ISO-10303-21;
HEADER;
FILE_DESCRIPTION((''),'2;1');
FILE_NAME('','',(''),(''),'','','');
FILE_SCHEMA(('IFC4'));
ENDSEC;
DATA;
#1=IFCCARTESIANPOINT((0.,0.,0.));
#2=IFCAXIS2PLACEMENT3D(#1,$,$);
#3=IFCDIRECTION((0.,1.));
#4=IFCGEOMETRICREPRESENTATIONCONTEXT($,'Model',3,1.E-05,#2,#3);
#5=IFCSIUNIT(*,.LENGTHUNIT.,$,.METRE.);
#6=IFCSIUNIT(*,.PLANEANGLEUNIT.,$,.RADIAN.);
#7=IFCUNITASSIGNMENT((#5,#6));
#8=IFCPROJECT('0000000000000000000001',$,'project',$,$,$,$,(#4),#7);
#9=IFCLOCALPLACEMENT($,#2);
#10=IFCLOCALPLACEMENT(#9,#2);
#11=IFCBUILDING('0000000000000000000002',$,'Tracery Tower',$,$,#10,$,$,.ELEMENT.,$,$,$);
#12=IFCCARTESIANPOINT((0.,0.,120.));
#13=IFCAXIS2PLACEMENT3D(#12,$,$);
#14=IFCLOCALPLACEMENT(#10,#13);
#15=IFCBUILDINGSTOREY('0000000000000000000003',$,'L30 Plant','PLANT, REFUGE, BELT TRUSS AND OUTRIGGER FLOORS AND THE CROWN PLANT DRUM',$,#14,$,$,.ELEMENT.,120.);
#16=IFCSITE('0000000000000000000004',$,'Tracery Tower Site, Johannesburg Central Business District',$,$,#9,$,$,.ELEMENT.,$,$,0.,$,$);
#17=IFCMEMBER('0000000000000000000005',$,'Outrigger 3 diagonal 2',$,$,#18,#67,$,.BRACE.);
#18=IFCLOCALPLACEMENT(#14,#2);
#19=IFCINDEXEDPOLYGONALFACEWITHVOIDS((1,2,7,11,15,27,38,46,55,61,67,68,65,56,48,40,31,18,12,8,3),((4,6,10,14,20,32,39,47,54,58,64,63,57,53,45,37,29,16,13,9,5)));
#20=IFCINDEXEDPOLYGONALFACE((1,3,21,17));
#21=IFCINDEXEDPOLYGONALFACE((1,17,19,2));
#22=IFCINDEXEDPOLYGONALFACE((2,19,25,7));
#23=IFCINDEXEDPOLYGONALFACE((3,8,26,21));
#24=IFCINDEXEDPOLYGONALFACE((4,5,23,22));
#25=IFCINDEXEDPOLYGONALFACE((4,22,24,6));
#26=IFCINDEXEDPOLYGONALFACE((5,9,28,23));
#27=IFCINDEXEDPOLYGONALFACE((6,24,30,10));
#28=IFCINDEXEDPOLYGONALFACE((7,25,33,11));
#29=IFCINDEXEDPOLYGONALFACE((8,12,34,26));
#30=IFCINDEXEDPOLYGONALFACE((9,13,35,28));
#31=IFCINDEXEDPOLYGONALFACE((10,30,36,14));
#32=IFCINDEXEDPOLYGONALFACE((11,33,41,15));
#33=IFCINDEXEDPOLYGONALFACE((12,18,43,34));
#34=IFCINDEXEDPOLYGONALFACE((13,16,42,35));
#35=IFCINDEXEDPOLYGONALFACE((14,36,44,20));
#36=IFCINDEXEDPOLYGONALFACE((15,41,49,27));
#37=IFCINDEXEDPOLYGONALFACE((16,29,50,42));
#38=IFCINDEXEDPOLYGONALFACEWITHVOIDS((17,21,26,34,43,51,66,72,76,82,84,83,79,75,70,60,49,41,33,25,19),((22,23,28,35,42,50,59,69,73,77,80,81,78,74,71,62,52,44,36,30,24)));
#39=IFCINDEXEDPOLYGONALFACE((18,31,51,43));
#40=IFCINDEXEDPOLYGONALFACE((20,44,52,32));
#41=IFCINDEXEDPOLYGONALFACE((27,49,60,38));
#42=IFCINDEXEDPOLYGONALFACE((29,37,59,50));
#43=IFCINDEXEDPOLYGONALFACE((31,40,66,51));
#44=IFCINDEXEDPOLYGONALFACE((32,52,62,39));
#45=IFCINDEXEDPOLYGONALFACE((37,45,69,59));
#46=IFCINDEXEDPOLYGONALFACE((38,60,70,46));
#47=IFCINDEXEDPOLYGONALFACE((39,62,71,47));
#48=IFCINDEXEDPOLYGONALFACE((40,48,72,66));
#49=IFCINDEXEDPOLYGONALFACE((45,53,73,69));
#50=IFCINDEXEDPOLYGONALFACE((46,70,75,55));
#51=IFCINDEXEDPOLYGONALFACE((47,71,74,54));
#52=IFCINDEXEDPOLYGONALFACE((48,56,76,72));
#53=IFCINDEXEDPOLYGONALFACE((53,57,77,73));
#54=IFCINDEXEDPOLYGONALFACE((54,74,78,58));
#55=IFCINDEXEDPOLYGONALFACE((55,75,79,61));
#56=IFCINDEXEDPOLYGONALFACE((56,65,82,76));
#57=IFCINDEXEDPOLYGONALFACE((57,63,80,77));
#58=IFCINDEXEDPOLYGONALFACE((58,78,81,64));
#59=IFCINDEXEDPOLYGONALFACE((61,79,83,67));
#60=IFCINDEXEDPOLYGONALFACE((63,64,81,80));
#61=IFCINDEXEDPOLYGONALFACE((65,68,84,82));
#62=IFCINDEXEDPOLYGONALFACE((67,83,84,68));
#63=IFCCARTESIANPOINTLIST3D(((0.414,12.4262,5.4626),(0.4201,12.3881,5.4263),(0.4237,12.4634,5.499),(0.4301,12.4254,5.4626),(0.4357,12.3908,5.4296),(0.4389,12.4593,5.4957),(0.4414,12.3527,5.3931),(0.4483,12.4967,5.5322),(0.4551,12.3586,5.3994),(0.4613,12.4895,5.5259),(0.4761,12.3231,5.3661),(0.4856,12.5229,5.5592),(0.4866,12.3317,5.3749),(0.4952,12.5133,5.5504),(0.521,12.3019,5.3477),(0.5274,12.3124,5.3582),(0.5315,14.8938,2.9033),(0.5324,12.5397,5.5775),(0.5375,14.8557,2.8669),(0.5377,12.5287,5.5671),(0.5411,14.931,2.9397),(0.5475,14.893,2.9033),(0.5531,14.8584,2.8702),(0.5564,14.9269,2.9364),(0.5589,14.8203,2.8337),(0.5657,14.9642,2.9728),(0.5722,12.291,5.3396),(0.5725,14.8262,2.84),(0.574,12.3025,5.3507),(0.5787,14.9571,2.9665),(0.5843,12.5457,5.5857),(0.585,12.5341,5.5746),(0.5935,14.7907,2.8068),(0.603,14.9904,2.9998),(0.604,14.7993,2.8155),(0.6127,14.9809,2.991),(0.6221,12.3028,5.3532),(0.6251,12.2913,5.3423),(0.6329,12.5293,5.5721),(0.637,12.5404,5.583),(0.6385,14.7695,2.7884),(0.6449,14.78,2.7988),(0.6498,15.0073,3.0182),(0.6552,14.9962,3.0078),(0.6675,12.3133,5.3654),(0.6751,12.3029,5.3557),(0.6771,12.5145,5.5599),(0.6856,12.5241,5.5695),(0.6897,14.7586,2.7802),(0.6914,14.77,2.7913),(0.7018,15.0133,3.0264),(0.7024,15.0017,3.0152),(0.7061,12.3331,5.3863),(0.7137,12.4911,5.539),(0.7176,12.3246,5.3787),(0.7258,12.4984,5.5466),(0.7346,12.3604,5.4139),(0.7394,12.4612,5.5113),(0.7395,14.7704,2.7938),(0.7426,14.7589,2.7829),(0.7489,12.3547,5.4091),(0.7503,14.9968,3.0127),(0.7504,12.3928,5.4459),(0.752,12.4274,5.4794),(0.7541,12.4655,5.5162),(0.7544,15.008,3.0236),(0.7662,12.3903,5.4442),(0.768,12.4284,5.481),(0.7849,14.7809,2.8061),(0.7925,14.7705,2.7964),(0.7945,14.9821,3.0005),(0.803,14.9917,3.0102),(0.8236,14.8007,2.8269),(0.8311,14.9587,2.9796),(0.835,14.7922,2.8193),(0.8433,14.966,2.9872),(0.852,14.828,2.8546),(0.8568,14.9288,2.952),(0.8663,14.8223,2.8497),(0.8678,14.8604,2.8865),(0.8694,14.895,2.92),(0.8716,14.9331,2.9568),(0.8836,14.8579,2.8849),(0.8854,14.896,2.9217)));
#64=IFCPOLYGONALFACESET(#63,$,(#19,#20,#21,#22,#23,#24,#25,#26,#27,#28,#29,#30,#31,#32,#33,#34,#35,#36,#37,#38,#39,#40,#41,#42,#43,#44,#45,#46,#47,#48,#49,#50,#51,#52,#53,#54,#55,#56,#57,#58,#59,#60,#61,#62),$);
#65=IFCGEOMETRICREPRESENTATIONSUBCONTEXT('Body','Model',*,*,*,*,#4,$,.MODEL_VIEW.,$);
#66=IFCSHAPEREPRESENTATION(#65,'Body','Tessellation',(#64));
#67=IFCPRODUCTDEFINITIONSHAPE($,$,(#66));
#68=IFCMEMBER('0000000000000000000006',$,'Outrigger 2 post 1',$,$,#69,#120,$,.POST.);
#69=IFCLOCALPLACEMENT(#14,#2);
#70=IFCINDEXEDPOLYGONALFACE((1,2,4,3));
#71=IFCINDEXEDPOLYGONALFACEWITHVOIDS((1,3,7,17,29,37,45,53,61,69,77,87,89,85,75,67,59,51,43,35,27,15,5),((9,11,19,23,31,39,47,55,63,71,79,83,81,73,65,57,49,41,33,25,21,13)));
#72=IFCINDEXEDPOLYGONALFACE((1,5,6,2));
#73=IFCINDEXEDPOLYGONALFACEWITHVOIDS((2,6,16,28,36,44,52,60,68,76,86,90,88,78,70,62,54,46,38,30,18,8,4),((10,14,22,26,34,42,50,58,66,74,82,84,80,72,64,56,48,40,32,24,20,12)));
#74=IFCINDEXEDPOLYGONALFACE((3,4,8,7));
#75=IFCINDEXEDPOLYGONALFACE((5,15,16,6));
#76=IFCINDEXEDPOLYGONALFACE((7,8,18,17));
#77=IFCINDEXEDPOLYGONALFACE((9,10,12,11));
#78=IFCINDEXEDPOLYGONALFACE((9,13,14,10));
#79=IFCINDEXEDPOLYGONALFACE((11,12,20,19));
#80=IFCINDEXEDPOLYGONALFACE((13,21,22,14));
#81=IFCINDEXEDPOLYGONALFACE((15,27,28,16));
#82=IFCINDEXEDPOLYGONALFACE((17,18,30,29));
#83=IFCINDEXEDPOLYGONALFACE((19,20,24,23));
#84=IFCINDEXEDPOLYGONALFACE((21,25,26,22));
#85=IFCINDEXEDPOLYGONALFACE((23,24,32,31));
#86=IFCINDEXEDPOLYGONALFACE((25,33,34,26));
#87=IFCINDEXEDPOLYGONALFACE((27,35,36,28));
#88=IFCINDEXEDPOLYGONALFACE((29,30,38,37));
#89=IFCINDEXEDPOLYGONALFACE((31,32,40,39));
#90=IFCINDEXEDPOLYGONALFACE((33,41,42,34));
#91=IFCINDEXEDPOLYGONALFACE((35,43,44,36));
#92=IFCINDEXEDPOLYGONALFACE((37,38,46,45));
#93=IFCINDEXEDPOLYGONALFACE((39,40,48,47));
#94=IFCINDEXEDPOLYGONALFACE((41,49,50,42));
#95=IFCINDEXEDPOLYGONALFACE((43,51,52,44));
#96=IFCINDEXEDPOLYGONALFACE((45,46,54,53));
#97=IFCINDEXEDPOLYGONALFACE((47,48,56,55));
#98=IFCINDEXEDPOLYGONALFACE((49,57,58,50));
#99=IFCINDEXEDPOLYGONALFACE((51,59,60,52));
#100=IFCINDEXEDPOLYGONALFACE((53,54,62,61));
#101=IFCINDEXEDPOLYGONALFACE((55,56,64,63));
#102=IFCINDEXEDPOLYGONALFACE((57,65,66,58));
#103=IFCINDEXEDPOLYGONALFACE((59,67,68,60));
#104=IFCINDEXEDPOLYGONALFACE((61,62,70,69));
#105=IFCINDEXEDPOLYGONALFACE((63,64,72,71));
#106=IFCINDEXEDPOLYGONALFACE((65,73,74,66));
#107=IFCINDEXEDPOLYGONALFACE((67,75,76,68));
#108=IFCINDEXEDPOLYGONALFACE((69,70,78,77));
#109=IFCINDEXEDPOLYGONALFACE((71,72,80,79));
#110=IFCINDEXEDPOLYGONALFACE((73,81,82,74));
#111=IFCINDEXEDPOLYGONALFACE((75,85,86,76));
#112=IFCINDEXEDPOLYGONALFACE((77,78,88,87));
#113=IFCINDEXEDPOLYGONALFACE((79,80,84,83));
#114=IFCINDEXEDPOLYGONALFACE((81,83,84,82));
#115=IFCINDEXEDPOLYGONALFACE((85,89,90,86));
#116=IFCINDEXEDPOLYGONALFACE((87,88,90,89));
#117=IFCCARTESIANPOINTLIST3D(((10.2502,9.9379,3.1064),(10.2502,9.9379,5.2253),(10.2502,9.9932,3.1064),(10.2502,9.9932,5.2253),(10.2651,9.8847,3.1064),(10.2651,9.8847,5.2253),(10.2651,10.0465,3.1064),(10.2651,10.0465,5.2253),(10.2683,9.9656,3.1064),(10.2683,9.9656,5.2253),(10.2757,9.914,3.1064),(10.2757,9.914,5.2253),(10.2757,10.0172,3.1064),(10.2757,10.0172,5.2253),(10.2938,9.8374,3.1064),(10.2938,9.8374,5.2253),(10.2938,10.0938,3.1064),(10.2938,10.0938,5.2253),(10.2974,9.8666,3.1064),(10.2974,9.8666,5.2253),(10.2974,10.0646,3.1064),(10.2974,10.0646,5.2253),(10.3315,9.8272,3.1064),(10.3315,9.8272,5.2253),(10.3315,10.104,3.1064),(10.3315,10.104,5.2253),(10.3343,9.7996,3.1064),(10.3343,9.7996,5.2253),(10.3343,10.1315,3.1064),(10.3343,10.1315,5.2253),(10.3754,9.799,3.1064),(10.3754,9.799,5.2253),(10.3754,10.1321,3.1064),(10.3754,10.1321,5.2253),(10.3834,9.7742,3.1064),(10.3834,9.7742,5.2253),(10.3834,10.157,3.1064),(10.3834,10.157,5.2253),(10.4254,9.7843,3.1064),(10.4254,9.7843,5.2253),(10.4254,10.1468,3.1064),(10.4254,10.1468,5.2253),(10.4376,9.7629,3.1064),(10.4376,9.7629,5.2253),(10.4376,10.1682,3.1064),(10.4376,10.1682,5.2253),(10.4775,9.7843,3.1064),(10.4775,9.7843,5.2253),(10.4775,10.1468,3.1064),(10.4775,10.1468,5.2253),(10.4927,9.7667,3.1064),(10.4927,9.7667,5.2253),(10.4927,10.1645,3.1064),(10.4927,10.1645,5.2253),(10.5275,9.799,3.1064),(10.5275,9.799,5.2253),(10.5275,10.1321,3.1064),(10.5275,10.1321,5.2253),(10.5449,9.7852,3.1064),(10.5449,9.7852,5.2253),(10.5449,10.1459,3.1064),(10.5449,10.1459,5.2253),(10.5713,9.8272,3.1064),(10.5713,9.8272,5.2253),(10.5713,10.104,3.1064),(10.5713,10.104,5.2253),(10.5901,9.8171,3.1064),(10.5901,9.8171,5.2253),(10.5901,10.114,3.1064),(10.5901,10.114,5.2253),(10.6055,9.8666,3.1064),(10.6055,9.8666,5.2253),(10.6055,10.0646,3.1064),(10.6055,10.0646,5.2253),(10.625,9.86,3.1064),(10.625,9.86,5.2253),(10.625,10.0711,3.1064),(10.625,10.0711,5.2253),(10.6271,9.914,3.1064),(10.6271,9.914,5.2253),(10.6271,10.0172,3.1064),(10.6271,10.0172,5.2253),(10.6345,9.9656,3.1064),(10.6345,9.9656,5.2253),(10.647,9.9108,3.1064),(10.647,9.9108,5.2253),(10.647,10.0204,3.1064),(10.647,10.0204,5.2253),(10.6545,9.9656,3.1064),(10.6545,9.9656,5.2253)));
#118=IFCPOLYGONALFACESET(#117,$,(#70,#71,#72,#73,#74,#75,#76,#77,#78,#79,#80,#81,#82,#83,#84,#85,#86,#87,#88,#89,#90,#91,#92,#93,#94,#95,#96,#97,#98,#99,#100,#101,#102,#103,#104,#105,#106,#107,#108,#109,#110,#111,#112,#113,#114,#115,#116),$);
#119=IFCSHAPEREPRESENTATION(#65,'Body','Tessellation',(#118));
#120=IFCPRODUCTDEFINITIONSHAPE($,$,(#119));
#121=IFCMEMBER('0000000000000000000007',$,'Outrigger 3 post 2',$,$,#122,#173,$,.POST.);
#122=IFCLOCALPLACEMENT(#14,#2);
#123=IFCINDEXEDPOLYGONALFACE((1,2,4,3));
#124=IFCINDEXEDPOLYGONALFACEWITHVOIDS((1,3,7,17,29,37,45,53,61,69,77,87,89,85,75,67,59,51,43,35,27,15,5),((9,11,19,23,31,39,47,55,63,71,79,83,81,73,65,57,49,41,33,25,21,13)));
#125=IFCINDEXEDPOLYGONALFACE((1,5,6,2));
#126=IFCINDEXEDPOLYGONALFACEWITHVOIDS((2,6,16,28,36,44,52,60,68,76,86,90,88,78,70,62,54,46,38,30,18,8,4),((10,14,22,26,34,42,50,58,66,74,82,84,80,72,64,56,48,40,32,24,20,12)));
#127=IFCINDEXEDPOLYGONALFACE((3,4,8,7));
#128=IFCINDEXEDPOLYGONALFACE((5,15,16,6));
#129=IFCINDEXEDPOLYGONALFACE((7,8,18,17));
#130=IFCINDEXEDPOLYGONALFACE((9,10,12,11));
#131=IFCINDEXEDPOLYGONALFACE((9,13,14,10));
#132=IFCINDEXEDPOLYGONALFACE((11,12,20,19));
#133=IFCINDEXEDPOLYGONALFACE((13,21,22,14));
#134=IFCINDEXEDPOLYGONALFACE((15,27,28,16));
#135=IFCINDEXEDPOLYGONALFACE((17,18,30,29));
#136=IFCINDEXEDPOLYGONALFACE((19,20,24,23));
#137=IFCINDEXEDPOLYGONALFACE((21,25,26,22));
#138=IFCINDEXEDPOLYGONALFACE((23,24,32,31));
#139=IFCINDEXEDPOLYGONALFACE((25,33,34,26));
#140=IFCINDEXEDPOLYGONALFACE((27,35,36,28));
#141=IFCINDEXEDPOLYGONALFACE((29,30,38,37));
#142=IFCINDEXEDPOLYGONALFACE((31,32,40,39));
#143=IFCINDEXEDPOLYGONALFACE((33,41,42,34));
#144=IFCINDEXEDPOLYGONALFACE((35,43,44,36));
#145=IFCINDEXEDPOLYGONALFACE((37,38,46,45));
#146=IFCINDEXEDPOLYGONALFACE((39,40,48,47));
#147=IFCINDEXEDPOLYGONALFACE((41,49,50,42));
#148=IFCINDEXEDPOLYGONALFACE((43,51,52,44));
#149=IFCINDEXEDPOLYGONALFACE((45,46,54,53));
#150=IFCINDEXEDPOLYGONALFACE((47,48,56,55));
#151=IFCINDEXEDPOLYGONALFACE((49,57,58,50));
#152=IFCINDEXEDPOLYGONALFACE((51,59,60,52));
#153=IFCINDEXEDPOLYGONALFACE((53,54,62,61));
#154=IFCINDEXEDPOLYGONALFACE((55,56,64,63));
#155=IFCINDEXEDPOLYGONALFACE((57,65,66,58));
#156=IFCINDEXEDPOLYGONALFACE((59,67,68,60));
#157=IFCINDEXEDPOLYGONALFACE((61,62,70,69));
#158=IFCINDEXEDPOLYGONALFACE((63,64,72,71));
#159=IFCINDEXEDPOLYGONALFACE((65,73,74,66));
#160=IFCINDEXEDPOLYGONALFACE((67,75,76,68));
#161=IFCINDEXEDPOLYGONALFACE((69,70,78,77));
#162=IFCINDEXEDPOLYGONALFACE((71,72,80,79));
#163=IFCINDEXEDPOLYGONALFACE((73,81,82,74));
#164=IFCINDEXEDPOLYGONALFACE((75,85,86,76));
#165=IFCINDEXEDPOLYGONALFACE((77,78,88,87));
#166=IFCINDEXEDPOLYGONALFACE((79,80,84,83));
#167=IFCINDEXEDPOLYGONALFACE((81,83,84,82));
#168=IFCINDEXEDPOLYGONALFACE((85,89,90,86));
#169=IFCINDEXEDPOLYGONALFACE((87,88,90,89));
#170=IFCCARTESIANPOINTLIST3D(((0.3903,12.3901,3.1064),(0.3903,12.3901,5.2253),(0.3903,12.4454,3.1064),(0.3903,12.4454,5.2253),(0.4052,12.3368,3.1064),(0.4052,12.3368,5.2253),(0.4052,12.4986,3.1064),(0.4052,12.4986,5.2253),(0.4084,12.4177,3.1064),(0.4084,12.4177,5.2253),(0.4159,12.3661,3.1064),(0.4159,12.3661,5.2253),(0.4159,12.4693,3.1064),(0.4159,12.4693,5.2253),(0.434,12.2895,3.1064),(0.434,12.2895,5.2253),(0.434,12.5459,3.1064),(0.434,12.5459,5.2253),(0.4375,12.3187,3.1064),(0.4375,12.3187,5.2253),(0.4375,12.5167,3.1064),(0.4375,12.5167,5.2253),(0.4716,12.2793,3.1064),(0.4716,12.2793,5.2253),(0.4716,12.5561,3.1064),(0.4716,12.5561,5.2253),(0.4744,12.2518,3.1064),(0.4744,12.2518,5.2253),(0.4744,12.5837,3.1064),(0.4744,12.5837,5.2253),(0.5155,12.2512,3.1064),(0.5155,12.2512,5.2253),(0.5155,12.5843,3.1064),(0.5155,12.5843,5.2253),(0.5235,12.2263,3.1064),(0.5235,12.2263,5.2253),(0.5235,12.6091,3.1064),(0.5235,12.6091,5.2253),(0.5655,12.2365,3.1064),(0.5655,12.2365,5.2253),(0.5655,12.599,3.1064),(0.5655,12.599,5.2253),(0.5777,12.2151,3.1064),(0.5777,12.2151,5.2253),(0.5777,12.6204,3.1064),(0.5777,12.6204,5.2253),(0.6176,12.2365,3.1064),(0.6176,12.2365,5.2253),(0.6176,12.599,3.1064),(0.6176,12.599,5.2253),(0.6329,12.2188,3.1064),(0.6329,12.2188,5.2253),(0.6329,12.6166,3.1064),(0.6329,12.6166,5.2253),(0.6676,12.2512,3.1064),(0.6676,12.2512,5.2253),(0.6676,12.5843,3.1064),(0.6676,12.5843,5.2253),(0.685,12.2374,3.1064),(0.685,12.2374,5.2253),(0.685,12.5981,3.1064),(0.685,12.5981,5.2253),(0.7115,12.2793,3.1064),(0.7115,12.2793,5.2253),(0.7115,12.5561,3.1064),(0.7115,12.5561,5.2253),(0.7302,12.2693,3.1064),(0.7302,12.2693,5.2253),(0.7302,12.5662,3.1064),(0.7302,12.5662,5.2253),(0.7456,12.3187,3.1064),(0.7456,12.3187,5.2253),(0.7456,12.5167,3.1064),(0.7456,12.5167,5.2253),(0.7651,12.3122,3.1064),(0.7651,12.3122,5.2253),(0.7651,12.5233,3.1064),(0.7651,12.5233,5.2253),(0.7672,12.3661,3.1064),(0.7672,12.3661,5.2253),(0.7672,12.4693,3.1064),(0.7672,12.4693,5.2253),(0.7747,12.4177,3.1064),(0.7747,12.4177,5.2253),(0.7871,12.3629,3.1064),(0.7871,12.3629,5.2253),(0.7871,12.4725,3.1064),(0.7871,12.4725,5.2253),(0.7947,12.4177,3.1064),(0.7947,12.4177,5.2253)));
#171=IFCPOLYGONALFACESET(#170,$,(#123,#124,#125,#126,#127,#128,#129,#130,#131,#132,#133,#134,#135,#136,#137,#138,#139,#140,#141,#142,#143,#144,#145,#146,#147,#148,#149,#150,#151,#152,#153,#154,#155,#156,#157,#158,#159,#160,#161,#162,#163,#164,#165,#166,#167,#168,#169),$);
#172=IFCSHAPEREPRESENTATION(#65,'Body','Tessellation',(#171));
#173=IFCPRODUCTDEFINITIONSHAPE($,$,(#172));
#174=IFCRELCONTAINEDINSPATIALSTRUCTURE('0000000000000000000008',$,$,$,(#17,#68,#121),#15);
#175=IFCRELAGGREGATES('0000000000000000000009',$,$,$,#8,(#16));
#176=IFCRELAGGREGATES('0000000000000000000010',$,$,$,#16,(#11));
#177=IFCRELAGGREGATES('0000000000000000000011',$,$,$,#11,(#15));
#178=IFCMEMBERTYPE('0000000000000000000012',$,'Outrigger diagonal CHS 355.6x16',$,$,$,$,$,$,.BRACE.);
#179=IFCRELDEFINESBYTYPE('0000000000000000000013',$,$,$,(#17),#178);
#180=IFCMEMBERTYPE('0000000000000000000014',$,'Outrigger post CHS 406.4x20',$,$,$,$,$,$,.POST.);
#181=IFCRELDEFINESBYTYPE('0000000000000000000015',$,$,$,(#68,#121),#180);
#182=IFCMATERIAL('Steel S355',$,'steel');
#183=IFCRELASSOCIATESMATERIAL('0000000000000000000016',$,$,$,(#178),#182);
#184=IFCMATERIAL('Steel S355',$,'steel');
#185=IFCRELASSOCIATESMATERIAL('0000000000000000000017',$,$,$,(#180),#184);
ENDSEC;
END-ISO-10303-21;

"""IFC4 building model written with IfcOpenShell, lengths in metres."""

from ifc_helpers import new_model, si_unit, direction, frame, origin, origin_2d, place, context, subcontext, project, spatial, hollow_circle, extrude, material, material_profile, profile_set, type_object, element, save


model = new_model("IFC4")

# Units and contexts
model_context = context("Model", 3, precision=1e-05, world=origin(), true_north=direction((0.0, 1.0)))
body_context = subcontext(model_context, "Body", "Model", "MODEL_VIEW")
ifc_project = project(units=[si_unit("LENGTHUNIT", "METRE"), si_unit("PLANEANGLEUNIT", "RADIAN")], contexts=[model_context])

# Site, building, storey
site_placement = place(None, origin())
site = spatial("IfcSite", under=ifc_project, at=site_placement, Name="Tracery Tower Site, Johannesburg Central Business District", CompositionType="ELEMENT", RefElevation=0.0)
building_placement = place(site_placement, origin())
building = spatial("IfcBuilding", under=site, at=building_placement, Name="Tracery Tower", CompositionType="ELEMENT")
storey_placement = place(building_placement, frame((0.0, 0.0, 120.0)))
storey = spatial("IfcBuildingStorey", under=building, at=storey_placement, Name="L30 Plant", Description="PLANT, REFUGE, BELT TRUSS AND OUTRIGGER FLOORS AND THE CROWN PLANT DRUM", CompositionType="ELEMENT", Elevation=120.0)

# Members
ifc_material_1 = material(Name="Steel S355", Category="steel")
ifc_material_profile_1 = material_profile(ifc_material_1, hollow_circle(Radius=0.1777, WallThickness=0.0161, at=origin_2d()), Name="CHS 355.6x16")
ifc_profile_set_1 = profile_set([ifc_material_profile_1], Name="Steel S355")
member_type_1 = type_object("IfcMemberType", Name="Outrigger diagonal CHS 355.6x16", PredefinedType="BRACE", material=ifc_profile_set_1)
member_1_placement = place(storey_placement, frame((0.5916, 12.4177, 5.4626), z_axis=(0.033014, 0.6937, -0.719507), x_axis=(-0.998869, 0.047537, 0.0)))
element("IfcMember", 1, at=member_1_placement, inside=storey, type_object=member_type_1, Name="Outrigger 3 diagonal 2", PredefinedType="BRACE", context=body_context, shape_type="SweptSolid", body=[
    extrude(hollow_circle(Radius=0.1777, WallThickness=0.0161, at=origin_2d()), origin(), (0.0, 0.0, 1.0), 3.5571),
])
ifc_material_2 = material(Name="Steel S355", Category="steel")
ifc_material_profile_2 = material_profile(ifc_material_2, hollow_circle(Radius=0.2031, WallThickness=0.02, at=origin_2d()), Name="CHS 406.4x20")
ifc_profile_set_2 = profile_set([ifc_material_profile_2], Name="Steel S355")
member_type_2 = type_object("IfcMemberType", Name="Outrigger post CHS 406.4x20", PredefinedType="POST", material=ifc_profile_set_2)
for number, where, z_axis, x_axis, name in (
    (2, (10.4514, 9.9656, 3.1064), (0.0, 0.0, 1.0), (1.0, 0.0, 0.0), "Outrigger 2 post 1"),
    (3, (0.5916, 12.4177, 3.1064), (0.0, 0.0, 1.0), (1.0, 0.0, 0.0), "Outrigger 3 post 2"),
):
    element("IfcMember", number, at=place(storey_placement, frame(where, z_axis=z_axis, x_axis=x_axis)), inside=storey, type_object=member_type_2, Name=name, PredefinedType="POST", context=body_context, shape_type="SweptSolid", body=[
        extrude(hollow_circle(Radius=0.2031, WallThickness=0.02, at=origin_2d()), origin(), (0.0, 0.0, 1.0), 2.1189),
    ])

save(model, "model.ifc")
